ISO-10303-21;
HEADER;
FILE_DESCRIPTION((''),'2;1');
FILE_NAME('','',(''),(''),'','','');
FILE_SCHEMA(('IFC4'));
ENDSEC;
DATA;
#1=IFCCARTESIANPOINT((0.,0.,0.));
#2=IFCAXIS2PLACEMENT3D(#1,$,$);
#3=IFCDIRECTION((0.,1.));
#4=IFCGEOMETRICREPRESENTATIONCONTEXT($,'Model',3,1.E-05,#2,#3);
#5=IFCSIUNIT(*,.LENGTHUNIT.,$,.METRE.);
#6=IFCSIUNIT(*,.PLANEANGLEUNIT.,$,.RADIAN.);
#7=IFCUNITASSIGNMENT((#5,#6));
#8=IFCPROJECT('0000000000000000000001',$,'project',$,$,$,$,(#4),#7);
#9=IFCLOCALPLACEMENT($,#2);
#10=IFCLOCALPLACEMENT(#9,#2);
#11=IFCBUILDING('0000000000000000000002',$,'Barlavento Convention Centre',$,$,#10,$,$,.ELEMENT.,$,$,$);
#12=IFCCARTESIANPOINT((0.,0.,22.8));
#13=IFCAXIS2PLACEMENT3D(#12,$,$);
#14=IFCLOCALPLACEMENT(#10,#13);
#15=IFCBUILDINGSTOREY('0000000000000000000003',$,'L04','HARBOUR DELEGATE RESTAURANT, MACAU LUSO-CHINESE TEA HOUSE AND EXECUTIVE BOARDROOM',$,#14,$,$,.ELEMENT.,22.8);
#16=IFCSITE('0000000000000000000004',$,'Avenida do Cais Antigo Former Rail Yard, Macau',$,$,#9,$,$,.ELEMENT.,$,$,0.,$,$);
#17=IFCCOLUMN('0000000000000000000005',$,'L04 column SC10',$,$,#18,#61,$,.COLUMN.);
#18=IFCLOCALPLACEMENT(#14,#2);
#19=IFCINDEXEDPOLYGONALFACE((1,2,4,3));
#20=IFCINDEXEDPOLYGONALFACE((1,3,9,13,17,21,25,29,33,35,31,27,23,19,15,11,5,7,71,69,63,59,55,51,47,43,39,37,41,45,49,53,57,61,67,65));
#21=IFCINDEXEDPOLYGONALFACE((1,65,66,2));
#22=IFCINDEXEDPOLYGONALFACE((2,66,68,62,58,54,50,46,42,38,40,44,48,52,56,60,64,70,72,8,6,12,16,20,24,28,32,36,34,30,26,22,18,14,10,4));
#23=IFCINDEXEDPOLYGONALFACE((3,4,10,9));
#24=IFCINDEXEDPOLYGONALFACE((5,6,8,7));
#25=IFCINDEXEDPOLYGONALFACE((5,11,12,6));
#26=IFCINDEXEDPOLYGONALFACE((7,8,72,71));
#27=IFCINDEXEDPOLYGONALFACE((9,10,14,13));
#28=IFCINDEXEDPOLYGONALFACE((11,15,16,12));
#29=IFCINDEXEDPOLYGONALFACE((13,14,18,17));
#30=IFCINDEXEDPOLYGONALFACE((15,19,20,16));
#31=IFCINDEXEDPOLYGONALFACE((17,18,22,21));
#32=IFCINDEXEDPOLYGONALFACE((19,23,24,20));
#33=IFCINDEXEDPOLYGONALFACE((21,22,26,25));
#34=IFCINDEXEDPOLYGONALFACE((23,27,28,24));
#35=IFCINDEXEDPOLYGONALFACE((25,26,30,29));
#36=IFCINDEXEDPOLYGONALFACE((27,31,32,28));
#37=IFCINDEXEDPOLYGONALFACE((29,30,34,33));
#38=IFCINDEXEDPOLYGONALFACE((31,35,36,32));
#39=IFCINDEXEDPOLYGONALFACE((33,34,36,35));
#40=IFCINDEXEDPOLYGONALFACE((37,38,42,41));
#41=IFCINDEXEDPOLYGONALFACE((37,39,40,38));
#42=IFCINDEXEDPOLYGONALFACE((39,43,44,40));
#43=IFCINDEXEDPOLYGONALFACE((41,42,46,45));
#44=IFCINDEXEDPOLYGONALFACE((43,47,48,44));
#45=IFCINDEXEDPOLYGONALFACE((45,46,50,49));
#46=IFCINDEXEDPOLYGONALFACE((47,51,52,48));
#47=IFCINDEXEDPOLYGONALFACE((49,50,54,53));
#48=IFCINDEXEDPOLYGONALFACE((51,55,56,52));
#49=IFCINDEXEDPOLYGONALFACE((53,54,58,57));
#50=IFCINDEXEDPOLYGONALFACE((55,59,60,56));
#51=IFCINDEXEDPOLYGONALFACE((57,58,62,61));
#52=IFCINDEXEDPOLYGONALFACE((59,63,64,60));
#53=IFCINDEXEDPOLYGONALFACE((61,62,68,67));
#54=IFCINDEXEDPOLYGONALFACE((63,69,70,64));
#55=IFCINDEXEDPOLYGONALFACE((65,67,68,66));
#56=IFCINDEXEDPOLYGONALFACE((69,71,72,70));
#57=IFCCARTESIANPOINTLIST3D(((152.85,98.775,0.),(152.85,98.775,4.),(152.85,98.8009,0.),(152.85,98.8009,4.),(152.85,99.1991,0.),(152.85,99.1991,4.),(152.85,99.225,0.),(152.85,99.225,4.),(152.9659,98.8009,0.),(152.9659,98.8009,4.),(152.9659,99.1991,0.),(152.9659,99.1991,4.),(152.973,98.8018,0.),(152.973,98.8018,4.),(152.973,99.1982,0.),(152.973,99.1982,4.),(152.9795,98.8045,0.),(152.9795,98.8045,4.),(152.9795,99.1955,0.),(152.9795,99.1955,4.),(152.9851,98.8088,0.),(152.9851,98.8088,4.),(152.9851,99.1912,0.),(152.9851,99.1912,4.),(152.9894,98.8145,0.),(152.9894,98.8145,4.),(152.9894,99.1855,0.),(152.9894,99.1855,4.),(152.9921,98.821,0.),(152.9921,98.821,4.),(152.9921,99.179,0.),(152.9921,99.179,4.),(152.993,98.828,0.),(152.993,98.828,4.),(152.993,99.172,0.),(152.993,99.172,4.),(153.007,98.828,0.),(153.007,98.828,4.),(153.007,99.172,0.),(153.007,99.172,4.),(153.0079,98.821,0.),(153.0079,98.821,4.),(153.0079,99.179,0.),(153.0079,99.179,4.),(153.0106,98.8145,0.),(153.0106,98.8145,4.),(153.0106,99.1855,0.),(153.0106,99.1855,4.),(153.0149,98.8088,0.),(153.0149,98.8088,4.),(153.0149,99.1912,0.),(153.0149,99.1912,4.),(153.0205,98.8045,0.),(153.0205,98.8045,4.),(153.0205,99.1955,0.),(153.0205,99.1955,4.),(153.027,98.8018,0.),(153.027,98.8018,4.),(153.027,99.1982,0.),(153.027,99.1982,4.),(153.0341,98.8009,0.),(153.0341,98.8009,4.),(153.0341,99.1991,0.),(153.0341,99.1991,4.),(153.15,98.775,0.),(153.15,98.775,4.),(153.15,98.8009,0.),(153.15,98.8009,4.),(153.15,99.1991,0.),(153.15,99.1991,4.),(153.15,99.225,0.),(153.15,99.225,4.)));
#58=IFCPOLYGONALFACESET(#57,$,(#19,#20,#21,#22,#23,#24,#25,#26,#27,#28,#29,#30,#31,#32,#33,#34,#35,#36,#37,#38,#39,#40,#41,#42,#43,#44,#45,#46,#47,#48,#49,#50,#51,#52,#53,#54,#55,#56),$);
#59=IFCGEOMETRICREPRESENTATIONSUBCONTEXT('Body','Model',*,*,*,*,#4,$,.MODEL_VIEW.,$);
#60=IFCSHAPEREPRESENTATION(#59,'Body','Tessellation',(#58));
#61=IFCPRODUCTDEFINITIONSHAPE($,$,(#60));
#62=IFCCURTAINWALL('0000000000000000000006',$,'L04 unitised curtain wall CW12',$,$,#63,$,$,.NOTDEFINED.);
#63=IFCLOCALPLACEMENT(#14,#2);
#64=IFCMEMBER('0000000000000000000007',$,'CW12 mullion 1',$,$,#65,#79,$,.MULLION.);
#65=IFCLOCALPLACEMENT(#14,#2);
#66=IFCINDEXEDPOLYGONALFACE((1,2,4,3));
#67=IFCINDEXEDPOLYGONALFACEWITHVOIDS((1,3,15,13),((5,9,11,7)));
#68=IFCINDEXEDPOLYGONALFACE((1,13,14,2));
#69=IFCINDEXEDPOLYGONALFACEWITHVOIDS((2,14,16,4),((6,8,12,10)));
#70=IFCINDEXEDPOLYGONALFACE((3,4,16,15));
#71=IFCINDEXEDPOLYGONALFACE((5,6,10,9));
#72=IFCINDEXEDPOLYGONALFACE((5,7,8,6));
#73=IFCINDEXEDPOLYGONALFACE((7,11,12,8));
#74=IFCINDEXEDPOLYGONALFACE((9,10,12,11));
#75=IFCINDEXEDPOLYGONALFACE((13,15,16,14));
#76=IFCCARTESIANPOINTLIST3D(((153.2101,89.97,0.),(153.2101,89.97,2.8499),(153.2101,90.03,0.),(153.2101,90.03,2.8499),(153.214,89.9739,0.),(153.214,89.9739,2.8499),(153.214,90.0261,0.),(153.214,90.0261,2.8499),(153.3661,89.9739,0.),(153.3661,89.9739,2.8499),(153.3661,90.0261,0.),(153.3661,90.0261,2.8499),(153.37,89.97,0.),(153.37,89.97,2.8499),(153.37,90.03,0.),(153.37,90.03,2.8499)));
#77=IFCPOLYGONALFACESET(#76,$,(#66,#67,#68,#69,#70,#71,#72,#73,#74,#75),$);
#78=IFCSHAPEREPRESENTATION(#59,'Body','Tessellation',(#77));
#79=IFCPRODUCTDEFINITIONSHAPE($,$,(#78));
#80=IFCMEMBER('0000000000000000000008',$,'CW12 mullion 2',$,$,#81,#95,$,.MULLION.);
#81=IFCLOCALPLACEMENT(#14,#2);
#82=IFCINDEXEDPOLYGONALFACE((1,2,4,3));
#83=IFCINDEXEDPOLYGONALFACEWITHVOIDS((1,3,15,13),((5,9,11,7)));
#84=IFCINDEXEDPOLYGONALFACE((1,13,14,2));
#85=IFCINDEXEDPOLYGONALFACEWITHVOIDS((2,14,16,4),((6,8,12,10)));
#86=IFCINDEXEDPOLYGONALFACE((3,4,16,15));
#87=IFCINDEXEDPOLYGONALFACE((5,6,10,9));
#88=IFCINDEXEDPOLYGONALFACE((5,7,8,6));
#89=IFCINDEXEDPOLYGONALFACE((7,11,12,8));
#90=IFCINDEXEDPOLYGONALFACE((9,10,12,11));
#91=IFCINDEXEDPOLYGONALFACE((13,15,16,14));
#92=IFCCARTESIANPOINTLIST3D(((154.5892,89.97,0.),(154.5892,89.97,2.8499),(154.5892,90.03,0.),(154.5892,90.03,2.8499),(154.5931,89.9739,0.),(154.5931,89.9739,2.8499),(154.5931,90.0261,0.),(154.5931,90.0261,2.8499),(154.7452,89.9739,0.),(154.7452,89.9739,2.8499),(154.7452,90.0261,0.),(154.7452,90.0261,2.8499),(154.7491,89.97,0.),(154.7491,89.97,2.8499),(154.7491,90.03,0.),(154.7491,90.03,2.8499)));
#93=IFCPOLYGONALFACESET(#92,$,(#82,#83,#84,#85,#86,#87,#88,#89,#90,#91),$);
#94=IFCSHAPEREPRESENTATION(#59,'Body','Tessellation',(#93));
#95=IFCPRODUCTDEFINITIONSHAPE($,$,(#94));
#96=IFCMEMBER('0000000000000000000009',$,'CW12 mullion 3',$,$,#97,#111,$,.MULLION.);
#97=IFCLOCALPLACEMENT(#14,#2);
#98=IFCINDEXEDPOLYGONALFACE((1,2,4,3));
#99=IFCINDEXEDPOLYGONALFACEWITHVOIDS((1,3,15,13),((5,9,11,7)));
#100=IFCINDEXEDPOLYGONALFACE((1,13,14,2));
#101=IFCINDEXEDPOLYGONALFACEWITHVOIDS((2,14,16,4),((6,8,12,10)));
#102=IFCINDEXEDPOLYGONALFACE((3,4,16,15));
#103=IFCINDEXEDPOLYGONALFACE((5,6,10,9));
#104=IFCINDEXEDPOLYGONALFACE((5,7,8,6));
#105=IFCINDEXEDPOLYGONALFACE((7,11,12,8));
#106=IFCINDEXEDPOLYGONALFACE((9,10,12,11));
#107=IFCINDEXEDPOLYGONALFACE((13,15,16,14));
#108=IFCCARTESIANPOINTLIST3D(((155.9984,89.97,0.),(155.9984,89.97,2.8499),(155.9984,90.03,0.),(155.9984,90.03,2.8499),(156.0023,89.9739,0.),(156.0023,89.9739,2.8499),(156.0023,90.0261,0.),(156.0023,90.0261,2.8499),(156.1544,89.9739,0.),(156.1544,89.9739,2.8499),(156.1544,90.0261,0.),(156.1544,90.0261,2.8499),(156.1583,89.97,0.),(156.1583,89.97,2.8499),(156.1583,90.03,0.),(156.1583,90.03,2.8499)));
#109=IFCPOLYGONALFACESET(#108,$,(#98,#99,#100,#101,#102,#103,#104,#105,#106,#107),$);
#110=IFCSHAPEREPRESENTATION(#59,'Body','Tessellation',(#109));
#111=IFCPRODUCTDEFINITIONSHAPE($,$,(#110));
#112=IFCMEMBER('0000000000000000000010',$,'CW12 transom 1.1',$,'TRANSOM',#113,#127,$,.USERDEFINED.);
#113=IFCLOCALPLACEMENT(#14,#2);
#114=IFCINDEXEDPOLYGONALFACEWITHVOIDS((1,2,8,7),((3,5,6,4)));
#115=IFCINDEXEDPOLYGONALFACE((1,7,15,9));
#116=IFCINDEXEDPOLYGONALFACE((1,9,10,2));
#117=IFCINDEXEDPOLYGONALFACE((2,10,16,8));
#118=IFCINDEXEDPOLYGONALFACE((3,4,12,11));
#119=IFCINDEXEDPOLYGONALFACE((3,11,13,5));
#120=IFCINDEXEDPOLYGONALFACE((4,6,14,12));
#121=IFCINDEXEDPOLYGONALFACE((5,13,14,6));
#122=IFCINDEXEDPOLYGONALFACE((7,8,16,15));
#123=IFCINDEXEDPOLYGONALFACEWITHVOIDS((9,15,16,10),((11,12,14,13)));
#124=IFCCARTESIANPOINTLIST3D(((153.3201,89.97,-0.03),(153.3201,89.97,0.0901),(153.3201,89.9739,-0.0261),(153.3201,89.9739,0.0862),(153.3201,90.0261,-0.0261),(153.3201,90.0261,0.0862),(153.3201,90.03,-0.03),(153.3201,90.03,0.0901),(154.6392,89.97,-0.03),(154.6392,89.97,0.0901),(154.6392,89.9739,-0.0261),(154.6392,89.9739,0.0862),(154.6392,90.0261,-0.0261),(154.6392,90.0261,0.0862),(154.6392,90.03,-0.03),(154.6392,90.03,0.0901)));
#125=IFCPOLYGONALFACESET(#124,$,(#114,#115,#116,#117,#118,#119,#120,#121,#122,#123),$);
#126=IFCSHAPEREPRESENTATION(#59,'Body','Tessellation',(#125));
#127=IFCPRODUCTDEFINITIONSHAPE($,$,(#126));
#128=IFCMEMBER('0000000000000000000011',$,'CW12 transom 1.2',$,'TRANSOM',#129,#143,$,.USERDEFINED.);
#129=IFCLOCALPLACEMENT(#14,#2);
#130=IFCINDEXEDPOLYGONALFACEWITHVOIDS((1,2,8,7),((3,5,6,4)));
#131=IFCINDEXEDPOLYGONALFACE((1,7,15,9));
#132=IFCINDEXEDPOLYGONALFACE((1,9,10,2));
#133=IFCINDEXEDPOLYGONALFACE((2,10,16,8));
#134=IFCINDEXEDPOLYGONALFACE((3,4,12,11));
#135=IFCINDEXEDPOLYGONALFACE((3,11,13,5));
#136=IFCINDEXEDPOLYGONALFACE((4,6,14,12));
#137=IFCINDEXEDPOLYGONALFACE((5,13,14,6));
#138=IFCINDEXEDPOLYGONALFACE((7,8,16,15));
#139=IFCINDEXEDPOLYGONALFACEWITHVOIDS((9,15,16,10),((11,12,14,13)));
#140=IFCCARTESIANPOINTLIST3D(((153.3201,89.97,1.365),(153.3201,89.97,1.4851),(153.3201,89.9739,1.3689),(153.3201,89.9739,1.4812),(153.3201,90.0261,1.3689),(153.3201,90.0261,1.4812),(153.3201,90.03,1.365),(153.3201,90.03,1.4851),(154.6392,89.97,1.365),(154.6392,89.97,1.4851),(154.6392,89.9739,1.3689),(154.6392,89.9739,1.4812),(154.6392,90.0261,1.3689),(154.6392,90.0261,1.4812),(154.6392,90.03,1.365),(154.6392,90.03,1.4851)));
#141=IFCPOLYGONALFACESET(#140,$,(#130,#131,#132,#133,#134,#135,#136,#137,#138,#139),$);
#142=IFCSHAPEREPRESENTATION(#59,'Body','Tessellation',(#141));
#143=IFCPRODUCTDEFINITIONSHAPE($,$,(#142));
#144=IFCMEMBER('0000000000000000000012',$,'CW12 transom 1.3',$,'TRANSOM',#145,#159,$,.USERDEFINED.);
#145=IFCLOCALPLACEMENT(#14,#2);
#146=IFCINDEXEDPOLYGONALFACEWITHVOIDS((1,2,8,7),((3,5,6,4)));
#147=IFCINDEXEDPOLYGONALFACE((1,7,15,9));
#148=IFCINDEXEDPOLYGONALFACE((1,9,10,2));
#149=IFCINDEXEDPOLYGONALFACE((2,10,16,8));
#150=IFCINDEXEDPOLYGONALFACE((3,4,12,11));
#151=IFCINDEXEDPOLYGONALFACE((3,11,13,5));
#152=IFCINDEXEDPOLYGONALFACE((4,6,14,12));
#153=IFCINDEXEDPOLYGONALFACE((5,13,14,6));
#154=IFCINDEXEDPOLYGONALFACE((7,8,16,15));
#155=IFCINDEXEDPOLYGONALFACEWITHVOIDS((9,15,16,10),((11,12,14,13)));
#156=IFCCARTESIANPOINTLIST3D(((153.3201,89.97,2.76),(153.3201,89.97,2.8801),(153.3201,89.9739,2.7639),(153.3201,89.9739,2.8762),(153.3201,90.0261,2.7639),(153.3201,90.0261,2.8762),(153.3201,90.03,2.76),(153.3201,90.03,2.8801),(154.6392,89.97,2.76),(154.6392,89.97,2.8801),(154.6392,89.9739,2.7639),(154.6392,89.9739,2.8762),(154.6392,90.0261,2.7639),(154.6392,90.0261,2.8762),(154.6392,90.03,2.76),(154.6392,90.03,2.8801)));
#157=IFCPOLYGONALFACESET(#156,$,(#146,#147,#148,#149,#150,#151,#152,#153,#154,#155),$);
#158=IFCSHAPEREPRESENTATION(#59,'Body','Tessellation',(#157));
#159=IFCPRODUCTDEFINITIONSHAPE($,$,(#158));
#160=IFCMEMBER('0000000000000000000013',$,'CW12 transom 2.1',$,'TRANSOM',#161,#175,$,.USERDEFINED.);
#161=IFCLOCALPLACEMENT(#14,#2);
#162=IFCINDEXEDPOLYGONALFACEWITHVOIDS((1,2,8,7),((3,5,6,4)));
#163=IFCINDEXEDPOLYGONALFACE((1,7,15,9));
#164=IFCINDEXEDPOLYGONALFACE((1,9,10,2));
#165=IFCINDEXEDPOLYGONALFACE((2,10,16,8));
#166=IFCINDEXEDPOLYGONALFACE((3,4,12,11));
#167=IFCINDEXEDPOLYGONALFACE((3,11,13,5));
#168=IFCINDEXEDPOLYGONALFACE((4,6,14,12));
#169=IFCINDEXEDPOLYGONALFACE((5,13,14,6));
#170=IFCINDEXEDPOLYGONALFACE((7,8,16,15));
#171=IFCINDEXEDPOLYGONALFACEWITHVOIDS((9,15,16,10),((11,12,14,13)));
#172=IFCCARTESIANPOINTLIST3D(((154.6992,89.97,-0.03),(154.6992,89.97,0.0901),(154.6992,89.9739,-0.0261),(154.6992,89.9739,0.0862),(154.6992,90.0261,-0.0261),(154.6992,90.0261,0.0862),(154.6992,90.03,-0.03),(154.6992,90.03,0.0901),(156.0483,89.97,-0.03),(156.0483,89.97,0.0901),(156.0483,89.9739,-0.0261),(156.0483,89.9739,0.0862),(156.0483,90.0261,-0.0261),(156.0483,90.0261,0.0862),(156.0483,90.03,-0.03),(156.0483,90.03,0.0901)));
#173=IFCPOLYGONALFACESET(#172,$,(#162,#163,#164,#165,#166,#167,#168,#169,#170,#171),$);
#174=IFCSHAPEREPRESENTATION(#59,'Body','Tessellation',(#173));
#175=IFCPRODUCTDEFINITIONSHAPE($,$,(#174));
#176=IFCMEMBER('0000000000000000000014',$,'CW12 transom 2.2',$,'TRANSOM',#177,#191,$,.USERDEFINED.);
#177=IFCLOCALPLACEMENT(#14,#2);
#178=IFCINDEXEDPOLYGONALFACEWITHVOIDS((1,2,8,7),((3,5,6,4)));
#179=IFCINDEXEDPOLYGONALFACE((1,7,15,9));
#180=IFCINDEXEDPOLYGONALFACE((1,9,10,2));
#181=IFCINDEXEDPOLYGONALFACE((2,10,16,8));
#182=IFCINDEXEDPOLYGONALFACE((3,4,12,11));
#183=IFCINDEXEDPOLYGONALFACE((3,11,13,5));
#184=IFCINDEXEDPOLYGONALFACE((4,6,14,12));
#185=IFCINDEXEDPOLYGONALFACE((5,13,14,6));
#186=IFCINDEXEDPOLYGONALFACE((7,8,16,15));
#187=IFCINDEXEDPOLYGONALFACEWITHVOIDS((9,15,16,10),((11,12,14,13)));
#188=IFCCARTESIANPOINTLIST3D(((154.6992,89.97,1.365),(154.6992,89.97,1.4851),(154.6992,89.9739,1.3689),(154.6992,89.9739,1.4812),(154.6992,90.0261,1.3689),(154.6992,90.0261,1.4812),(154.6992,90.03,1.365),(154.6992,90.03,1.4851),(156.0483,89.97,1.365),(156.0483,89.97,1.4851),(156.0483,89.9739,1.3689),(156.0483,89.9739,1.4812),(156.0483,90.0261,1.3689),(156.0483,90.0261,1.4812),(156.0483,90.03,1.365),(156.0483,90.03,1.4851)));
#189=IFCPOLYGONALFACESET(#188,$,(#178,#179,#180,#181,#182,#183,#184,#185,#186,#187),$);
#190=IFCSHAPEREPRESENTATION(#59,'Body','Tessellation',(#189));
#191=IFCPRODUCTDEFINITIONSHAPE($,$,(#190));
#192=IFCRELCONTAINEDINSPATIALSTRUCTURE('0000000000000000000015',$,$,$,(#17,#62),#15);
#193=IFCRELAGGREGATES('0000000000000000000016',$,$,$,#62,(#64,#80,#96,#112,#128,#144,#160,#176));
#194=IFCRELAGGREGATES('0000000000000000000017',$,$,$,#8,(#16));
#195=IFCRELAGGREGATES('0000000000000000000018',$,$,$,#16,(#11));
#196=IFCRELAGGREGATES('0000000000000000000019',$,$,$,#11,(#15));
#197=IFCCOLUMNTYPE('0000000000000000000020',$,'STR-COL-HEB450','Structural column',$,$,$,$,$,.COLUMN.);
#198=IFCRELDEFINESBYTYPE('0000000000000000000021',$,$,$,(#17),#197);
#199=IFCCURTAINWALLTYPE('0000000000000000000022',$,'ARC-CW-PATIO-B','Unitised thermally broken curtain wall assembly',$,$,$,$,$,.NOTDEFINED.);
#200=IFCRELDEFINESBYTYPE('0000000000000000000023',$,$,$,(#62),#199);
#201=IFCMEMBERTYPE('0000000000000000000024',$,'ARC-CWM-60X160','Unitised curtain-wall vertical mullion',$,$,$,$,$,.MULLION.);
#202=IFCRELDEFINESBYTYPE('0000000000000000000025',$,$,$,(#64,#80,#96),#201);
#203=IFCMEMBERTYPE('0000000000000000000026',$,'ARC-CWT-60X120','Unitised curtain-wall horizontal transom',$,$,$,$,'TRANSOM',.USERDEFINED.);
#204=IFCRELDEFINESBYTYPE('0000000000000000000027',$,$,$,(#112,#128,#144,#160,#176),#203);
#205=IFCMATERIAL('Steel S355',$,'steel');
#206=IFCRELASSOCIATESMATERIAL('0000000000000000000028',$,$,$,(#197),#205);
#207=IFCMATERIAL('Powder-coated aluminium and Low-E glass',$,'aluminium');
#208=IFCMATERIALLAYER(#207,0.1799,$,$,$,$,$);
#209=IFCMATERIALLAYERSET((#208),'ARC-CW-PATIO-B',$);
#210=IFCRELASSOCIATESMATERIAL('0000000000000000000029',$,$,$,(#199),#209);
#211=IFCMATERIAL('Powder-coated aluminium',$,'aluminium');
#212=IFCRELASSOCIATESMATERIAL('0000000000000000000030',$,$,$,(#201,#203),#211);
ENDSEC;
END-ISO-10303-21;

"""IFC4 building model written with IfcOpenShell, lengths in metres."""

from ifc_helpers import new_model, si_unit, direction, frame, origin, origin_2d, place, context, subcontext, project, spatial, hollow_rectangle, i_section, extrude, material, layer, layer_set, material_profile, profile_set, type_object, element, aggregate, save


model = new_model("IFC4")

# Units and contexts
model_context = context("Model", 3, precision=1e-05, world=origin(), true_north=direction((0.0, 1.0)))
body_context = subcontext(model_context, "Body", "Model", "MODEL_VIEW")
ifc_project = project(units=[si_unit("LENGTHUNIT", "METRE"), si_unit("PLANEANGLEUNIT", "RADIAN")], contexts=[model_context])

# Site, building, storey
site_placement = place(None, origin())
site = spatial("IfcSite", under=ifc_project, at=site_placement, Name="Avenida do Cais Antigo Former Rail Yard, Macau", CompositionType="ELEMENT", RefElevation=0.0)
building_placement = place(site_placement, origin())
building = spatial("IfcBuilding", under=site, at=building_placement, Name="Barlavento Convention Centre", CompositionType="ELEMENT")
storey_placement = place(building_placement, frame((0.0, 0.0, 22.8)))
storey = spatial("IfcBuildingStorey", under=building, at=storey_placement, Name="L04", Description="HARBOUR DELEGATE RESTAURANT, MACAU LUSO-CHINESE TEA HOUSE AND EXECUTIVE BOARDROOM", CompositionType="ELEMENT", Elevation=22.8)

# Column
ifc_material_1 = material(Name="Steel S355", Category="steel")
ifc_material_profile_1 = material_profile(ifc_material_1, i_section(OverallWidth=0.3, OverallDepth=0.45, WebThickness=0.0139, FlangeThickness=0.0259, FilletRadius=0.0271, at=origin_2d()), Name="HEB 450")
ifc_profile_set_1 = profile_set([ifc_material_profile_1], Name="Steel S355")
column_type = type_object("IfcColumnType", Name="STR-COL-HEB450", Description="Structural column", PredefinedType="COLUMN", material=ifc_profile_set_1)
column_placement = place(storey_placement, frame((153.0, 99.0, 0.0), z_axis=(0.0, 0.0, 1.0), x_axis=(1.0, 0.0, 0.0)))
element("IfcColumn", 1, at=column_placement, inside=storey, type_object=column_type, Name="L04 column SC10", PredefinedType="COLUMN", context=body_context, shape_type="SweptSolid", body=[
    extrude(i_section(OverallWidth=0.3, OverallDepth=0.45, WebThickness=0.0139, FlangeThickness=0.0259, FilletRadius=0.0271, at=origin_2d()), origin(), (0.0, 0.0, 1.0), 4.0),
])

# Curtain wall, members
ifc_material_2 = material(Name="Powder-coated aluminium and Low-E glass", Category="aluminium")
ifc_layer_1 = layer(ifc_material_2, 0.1799)
ifc_layer_set_1 = layer_set([ifc_layer_1], Name="ARC-CW-PATIO-B")
curtain_wall_type = type_object("IfcCurtainWallType", Name="ARC-CW-PATIO-B", Description="Unitised thermally broken curtain wall assembly", PredefinedType="NOTDEFINED", material=ifc_layer_set_1)
curtain_wall_placement = place(storey_placement, origin())
curtain_wall = element("IfcCurtainWall", 2, at=curtain_wall_placement, inside=storey, type_object=curtain_wall_type, Name="L04 unitised curtain wall CW12", PredefinedType="NOTDEFINED")
ifc_material_3 = material(Name="Powder-coated aluminium", Category="aluminium")
ifc_material_profile_2 = material_profile(ifc_material_3, hollow_rectangle(XDim=0.0601, YDim=0.1599, WallThickness=0.0039, at=origin_2d()), Name="AL-MULL 60x160x4")
ifc_profile_set_2 = profile_set([ifc_material_profile_2], Name="Powder-coated aluminium")
member_type_1 = type_object("IfcMemberType", Name="ARC-CWM-60X160", Description="Unitised curtain-wall vertical mullion", PredefinedType="MULLION", material=ifc_profile_set_2)
member_1_placement = place(storey_placement, frame((153.29, 90.0, 0.0), z_axis=(0.0, 0.0, 1.0), x_axis=(0.0, 1.0, 0.0)))
member_1 = element("IfcMember", 3, at=member_1_placement, type_object=member_type_1, Name="CW12 mullion 1", PredefinedType="MULLION", context=body_context, shape_type="SweptSolid", body=[
    extrude(hollow_rectangle(XDim=0.0601, YDim=0.1599, WallThickness=0.0039, at=origin_2d()), origin(), (0.0, 0.0, 1.0), 2.8499),
])
member_2_placement = place(storey_placement, frame((154.6692, 90.0, 0.0), z_axis=(0.0, 0.0, 1.0), x_axis=(0.0, 1.0, 0.0)))
member_2 = element("IfcMember", 4, at=member_2_placement, type_object=member_type_1, Name="CW12 mullion 2", PredefinedType="MULLION", context=body_context, shape_type="SweptSolid", body=[
    extrude(hollow_rectangle(XDim=0.0601, YDim=0.1599, WallThickness=0.0039, at=origin_2d()), origin(), (0.0, 0.0, 1.0), 2.8499),
])
member_3_placement = place(storey_placement, frame((156.0784, 90.0, 0.0), z_axis=(0.0, 0.0, 1.0), x_axis=(0.0, 1.0, 0.0)))
member_3 = element("IfcMember", 5, at=member_3_placement, type_object=member_type_1, Name="CW12 mullion 3", PredefinedType="MULLION", context=body_context, shape_type="SweptSolid", body=[
    extrude(hollow_rectangle(XDim=0.0601, YDim=0.1599, WallThickness=0.0039, at=origin_2d()), origin(), (0.0, 0.0, 1.0), 2.8499),
])
ifc_material_profile_3 = material_profile(ifc_material_3, hollow_rectangle(XDim=0.0601, YDim=0.1201, WallThickness=0.0039, at=origin_2d()), Name="AL-TRAN 60x120x4")
ifc_profile_set_3 = profile_set([ifc_material_profile_3], Name="Powder-coated aluminium")
member_type_2 = type_object("IfcMemberType", Name="ARC-CWT-60X120", Description="Unitised curtain-wall horizontal transom", ElementType="TRANSOM", PredefinedType="USERDEFINED", material=ifc_profile_set_3)
member_4_placement = place(storey_placement, frame((153.3201, 90.0, 0.03), z_axis=(1.0, 0.0, 0.0), x_axis=(0.0, 1.0, 0.0)))
member_4 = element("IfcMember", 6, at=member_4_placement, type_object=member_type_2, Name="CW12 transom 1.1", ObjectType="TRANSOM", PredefinedType="USERDEFINED", context=body_context, shape_type="SweptSolid", body=[
    extrude(hollow_rectangle(XDim=0.0601, YDim=0.1201, WallThickness=0.0039, at=origin_2d()), origin(), (0.0, 0.0, 1.0), 1.3191),
])
member_5_placement = place(storey_placement, frame((153.3201, 90.0, 1.425), z_axis=(1.0, 0.0, 0.0), x_axis=(0.0, 1.0, 0.0)))
member_5 = element("IfcMember", 7, at=member_5_placement, type_object=member_type_2, Name="CW12 transom 1.2", ObjectType="TRANSOM", PredefinedType="USERDEFINED", context=body_context, shape_type="SweptSolid", body=[
    extrude(hollow_rectangle(XDim=0.0601, YDim=0.1201, WallThickness=0.0039, at=origin_2d()), origin(), (0.0, 0.0, 1.0), 1.3191),
])
member_6_placement = place(storey_placement, frame((153.3201, 90.0, 2.8201), z_axis=(1.0, 0.0, 0.0), x_axis=(0.0, 1.0, 0.0)))
member_6 = element("IfcMember", 8, at=member_6_placement, type_object=member_type_2, Name="CW12 transom 1.3", ObjectType="TRANSOM", PredefinedType="USERDEFINED", context=body_context, shape_type="SweptSolid", body=[
    extrude(hollow_rectangle(XDim=0.0601, YDim=0.1201, WallThickness=0.0039, at=origin_2d()), origin(), (0.0, 0.0, 1.0), 1.3191),
])
member_7_placement = place(storey_placement, frame((154.6992, 90.0, 0.03), z_axis=(1.0, 0.0, 0.0), x_axis=(0.0, 1.0, 0.0)))
member_7 = element("IfcMember", 9, at=member_7_placement, type_object=member_type_2, Name="CW12 transom 2.1", ObjectType="TRANSOM", PredefinedType="USERDEFINED", context=body_context, shape_type="SweptSolid", body=[
    extrude(hollow_rectangle(XDim=0.0601, YDim=0.1201, WallThickness=0.0039, at=origin_2d()), origin(), (0.0, 0.0, 1.0), 1.3491),
])
member_8_placement = place(storey_placement, frame((154.6992, 90.0, 1.425), z_axis=(1.0, 0.0, 0.0), x_axis=(0.0, 1.0, 0.0)))
member_8 = element("IfcMember", 10, at=member_8_placement, type_object=member_type_2, Name="CW12 transom 2.2", ObjectType="TRANSOM", PredefinedType="USERDEFINED", context=body_context, shape_type="SweptSolid", body=[
    extrude(hollow_rectangle(XDim=0.0601, YDim=0.1201, WallThickness=0.0039, at=origin_2d()), origin(), (0.0, 0.0, 1.0), 1.3491),
])

aggregate(curtain_wall, [member_1, member_2, member_3, member_4, member_5, member_6, member_7, member_8])

save(model, "model.ifc")
